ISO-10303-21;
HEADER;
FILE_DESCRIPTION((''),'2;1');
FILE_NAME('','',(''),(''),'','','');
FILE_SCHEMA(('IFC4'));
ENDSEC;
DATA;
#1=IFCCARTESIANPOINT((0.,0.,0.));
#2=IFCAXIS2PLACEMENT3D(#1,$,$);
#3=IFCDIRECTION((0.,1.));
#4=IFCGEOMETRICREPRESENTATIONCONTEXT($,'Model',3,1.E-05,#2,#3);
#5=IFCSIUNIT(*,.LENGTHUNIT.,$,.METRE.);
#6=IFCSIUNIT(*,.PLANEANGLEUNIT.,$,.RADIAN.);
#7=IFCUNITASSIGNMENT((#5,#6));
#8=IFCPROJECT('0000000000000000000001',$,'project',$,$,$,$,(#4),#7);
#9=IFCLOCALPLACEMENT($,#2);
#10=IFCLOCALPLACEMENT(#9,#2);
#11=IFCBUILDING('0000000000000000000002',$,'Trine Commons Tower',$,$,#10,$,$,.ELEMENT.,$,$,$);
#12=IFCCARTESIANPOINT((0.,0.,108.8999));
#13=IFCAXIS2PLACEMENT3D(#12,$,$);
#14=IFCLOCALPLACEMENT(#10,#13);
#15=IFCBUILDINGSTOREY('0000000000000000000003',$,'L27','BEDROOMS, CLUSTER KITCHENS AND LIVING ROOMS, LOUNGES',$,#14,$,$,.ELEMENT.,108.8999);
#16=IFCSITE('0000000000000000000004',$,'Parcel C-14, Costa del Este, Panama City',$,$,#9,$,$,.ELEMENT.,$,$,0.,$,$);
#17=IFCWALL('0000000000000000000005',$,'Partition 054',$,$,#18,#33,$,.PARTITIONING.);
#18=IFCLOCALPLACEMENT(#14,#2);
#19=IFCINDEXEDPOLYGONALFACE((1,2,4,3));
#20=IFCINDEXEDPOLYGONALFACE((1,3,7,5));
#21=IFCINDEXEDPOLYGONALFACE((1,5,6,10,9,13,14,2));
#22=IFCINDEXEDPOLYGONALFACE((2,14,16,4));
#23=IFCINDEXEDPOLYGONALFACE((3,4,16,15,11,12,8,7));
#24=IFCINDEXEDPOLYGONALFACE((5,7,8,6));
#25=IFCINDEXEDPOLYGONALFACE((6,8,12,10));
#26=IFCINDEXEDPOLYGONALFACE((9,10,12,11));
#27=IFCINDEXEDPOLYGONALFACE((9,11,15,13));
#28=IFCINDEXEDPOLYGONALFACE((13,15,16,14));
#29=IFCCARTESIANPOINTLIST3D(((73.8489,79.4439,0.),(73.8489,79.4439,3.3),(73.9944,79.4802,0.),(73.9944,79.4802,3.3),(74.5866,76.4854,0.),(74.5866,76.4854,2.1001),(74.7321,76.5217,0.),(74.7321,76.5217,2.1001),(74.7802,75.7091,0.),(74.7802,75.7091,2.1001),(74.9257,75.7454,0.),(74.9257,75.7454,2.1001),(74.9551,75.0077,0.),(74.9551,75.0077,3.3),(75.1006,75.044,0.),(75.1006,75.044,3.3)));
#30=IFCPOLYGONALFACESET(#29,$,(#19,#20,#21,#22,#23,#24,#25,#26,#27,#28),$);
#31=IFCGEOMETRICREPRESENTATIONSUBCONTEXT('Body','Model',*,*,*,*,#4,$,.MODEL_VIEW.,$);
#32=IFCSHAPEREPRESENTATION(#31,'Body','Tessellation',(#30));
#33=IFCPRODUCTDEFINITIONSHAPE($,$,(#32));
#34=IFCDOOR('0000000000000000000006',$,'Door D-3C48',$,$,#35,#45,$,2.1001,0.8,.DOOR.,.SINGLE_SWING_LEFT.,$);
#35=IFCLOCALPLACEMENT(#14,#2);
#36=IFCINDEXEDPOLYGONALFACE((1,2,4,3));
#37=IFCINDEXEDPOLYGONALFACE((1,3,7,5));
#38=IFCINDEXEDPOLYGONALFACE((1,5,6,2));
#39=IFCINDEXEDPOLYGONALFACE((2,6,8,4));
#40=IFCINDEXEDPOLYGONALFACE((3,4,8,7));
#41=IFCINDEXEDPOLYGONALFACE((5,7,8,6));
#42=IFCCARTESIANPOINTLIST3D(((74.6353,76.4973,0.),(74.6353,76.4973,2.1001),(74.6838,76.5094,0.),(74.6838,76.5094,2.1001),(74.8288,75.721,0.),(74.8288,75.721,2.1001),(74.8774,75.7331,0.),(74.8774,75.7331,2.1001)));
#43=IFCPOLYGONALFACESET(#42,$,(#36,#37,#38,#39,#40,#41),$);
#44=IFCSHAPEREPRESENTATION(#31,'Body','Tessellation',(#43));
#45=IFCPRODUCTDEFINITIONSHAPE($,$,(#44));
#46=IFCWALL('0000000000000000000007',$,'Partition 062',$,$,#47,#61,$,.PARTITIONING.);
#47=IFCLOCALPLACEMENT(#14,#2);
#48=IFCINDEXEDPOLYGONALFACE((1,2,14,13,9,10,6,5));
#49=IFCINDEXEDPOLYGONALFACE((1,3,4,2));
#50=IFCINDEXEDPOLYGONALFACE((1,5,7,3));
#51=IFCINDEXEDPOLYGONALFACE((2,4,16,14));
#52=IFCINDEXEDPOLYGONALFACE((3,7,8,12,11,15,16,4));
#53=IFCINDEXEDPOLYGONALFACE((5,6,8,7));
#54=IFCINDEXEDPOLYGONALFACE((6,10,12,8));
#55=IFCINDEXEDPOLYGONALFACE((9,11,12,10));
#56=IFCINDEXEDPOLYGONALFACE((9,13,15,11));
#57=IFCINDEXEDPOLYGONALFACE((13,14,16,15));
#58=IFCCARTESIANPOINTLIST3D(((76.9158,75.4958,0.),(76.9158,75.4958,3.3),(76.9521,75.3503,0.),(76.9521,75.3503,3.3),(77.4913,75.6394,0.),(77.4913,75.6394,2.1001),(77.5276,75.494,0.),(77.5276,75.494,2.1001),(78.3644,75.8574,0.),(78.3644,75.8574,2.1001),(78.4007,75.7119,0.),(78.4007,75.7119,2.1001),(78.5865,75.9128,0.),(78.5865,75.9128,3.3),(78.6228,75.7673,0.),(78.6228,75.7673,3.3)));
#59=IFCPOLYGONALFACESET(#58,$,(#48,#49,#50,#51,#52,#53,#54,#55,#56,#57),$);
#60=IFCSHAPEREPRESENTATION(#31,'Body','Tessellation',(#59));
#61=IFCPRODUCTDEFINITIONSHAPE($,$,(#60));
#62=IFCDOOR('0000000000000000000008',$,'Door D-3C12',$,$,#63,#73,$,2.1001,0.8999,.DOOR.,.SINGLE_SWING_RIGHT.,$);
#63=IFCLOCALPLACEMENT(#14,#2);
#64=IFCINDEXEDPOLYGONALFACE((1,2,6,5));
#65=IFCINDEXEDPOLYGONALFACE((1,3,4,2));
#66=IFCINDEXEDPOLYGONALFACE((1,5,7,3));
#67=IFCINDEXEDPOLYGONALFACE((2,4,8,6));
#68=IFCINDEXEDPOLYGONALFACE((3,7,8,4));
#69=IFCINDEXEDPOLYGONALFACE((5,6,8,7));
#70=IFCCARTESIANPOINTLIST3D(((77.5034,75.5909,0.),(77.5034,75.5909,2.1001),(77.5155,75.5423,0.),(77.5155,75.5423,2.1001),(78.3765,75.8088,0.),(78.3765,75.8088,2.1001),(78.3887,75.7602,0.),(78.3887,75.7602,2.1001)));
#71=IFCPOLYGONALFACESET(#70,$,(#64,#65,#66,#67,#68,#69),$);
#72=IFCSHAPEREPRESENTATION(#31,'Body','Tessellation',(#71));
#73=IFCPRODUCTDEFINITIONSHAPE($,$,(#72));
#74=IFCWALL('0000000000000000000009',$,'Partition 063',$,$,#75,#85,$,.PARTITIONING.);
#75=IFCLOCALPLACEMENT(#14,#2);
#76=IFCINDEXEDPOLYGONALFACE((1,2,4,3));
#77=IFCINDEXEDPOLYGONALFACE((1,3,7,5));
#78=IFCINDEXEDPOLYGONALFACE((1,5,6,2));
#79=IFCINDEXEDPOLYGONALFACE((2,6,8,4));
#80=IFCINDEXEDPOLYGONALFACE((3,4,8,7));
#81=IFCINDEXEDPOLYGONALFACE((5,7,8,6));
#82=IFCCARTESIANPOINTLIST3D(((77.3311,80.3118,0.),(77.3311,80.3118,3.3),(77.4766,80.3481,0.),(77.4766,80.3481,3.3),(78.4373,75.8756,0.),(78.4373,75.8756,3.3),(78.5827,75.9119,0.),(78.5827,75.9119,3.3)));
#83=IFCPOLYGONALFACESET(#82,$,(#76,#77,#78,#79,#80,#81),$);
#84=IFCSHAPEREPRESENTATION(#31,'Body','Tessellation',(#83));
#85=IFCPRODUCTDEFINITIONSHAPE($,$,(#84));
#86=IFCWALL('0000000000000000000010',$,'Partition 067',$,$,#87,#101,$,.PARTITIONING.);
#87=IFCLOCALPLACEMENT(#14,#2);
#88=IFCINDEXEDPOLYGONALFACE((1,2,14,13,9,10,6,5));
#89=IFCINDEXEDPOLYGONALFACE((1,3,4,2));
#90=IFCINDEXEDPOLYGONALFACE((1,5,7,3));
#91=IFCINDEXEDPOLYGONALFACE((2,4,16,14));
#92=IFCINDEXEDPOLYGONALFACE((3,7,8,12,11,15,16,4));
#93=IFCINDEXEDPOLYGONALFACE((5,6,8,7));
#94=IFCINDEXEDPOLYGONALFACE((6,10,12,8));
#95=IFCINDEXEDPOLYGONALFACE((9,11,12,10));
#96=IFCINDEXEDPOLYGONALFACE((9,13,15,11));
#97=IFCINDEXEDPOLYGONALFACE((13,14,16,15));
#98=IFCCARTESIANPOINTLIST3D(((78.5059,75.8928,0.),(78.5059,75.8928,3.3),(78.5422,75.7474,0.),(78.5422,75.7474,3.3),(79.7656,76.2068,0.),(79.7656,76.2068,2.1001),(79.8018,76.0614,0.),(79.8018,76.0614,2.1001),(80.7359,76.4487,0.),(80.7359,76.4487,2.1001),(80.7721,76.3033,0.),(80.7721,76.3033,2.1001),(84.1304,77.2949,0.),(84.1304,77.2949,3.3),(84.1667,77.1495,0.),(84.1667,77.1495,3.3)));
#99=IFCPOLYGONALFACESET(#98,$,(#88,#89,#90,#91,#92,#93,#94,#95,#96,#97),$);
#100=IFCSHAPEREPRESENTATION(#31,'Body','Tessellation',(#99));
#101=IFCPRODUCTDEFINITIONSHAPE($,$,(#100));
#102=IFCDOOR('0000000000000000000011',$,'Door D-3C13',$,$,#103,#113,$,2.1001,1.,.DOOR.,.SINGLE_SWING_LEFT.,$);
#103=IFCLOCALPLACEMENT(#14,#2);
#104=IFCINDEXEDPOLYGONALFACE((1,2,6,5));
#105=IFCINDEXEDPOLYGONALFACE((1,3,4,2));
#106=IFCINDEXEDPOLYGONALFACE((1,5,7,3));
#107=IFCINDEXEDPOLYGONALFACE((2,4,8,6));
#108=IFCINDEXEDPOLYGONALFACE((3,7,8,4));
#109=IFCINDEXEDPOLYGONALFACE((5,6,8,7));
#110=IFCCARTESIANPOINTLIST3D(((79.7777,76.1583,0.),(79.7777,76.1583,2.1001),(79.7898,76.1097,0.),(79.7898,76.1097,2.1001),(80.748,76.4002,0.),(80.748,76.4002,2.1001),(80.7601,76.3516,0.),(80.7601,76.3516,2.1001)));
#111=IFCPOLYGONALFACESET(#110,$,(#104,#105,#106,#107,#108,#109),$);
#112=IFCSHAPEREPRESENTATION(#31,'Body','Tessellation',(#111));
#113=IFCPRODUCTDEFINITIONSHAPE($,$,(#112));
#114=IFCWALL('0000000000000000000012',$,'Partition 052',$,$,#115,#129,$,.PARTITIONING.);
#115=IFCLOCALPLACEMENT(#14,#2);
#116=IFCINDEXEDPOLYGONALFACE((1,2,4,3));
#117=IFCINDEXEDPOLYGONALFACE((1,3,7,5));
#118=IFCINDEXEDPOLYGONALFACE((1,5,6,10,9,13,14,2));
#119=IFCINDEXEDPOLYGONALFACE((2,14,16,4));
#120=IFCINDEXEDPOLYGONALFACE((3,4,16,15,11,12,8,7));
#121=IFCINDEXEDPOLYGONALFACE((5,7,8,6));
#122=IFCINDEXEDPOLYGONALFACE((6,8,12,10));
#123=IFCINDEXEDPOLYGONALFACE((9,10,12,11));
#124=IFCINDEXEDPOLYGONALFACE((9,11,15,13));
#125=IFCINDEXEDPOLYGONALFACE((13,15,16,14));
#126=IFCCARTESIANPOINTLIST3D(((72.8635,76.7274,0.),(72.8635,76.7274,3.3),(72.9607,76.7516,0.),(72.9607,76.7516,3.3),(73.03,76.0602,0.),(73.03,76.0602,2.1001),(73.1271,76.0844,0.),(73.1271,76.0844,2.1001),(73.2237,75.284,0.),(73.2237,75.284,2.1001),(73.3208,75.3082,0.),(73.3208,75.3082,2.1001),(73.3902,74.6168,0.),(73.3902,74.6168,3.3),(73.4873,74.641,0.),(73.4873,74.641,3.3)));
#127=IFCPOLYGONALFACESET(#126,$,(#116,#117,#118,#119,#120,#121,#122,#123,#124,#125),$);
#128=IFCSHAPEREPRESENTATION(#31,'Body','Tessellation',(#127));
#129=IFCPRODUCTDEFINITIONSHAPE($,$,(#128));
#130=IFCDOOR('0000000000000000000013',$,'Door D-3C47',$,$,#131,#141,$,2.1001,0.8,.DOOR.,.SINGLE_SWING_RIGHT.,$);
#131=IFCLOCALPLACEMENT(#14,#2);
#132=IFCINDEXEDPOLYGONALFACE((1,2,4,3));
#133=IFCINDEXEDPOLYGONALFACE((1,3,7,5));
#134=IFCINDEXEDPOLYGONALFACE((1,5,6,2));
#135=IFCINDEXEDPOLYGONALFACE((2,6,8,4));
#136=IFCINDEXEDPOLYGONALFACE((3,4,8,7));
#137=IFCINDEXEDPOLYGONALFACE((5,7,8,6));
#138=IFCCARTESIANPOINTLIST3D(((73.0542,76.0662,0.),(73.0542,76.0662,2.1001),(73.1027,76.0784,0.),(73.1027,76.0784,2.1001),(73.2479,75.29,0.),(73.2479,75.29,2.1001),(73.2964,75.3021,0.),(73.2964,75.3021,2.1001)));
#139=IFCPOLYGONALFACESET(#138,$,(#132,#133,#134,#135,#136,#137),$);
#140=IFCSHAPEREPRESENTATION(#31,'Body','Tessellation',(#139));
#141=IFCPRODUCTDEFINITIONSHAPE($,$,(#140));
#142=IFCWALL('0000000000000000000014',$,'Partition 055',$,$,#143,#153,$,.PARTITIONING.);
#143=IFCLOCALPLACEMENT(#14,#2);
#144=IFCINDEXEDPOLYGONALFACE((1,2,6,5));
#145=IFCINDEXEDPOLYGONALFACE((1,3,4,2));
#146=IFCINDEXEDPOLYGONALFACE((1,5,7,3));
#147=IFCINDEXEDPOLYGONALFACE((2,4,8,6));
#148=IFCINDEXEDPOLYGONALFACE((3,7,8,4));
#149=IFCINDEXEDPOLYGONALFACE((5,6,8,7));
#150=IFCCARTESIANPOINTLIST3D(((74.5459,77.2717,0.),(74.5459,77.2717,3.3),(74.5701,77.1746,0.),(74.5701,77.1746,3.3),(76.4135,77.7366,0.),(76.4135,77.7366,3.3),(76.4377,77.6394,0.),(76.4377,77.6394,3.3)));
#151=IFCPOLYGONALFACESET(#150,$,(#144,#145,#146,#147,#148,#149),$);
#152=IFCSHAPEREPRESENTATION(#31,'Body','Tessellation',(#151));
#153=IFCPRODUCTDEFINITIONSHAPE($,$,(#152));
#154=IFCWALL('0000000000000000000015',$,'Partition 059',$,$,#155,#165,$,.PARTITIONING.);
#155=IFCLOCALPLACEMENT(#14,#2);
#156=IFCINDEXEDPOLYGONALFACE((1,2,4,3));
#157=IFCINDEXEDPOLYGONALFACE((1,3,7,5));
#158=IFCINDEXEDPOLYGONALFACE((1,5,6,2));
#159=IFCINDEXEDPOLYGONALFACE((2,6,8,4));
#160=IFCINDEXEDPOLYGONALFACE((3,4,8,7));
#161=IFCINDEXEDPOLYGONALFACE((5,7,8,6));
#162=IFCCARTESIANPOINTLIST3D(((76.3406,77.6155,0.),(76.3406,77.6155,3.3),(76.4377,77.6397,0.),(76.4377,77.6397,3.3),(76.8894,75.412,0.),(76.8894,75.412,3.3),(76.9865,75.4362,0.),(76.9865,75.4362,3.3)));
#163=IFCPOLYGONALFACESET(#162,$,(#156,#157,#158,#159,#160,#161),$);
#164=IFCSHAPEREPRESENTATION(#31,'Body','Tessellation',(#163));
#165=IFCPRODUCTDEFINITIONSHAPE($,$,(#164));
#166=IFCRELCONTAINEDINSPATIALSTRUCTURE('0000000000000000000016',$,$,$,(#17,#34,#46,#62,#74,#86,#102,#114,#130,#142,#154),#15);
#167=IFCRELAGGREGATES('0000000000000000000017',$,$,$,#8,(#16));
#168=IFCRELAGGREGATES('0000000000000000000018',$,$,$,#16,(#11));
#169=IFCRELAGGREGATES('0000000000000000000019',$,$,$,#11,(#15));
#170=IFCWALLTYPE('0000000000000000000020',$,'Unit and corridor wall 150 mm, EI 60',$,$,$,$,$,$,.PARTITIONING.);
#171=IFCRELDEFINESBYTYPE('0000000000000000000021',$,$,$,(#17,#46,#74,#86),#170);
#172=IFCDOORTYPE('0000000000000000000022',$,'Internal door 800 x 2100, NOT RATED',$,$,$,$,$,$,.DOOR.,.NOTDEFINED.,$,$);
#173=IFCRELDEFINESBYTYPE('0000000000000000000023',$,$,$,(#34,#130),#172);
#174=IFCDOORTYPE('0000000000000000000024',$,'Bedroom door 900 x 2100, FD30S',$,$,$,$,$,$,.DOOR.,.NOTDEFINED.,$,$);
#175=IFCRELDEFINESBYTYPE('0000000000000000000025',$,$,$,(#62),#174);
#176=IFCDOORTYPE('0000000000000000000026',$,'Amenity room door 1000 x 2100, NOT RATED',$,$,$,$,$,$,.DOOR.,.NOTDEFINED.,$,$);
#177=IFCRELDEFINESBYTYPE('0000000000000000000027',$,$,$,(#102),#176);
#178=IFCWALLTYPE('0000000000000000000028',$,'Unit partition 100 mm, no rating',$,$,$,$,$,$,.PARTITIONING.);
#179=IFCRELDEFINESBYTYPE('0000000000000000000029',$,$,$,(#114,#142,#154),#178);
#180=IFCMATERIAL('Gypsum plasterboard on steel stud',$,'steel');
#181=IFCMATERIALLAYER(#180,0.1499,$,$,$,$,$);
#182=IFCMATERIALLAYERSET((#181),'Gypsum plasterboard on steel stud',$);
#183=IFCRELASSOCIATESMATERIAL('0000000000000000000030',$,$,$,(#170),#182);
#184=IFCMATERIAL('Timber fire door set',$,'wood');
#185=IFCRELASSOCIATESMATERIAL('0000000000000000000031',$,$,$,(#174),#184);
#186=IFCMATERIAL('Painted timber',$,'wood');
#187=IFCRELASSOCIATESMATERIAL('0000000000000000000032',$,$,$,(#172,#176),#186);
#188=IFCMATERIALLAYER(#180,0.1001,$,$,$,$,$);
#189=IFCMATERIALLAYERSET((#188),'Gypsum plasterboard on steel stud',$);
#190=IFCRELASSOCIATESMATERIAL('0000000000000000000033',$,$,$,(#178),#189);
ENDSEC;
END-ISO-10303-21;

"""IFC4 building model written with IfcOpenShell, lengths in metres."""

from ifc_helpers import new_model, si_unit, direction, frame, frame_2d, origin, place, context, subcontext, project, spatial, rectangle, extrude, material, layer, layer_set, type_object, element, fill, save


model = new_model("IFC4")

# Units and contexts
model_context = context("Model", 3, precision=1e-05, world=origin(), true_north=direction((0.0, 1.0)))
body_context = subcontext(model_context, "Body", "Model", "MODEL_VIEW")
ifc_project = project(units=[si_unit("LENGTHUNIT", "METRE"), si_unit("PLANEANGLEUNIT", "RADIAN")], contexts=[model_context])

# Site, building, storey
site_placement = place(None, origin())
site = spatial("IfcSite", under=ifc_project, at=site_placement, Name="Parcel C-14, Costa del Este, Panama City", CompositionType="ELEMENT", RefElevation=0.0)
building_placement = place(site_placement, origin())
building = spatial("IfcBuilding", under=site, at=building_placement, Name="Trine Commons Tower", CompositionType="ELEMENT")
storey_placement = place(building_placement, frame((0.0, 0.0, 108.8999)))
storey = spatial("IfcBuildingStorey", under=building, at=storey_placement, Name="L27", Description="BEDROOMS, CLUSTER KITCHENS AND LIVING ROOMS, LOUNGES", CompositionType="ELEMENT", Elevation=108.8999)

# Walls, openings, doors
ifc_material_1 = material(Name="Gypsum plasterboard on steel stud", Category="steel")
ifc_layer_1 = layer(ifc_material_1, 0.1499)
ifc_layer_set_1 = layer_set([ifc_layer_1], Name="Gypsum plasterboard on steel stud")
wall_type_1 = type_object("IfcWallType", Name="Unit and corridor wall 150 mm, EI 60", PredefinedType="PARTITIONING", material=ifc_layer_set_1)
ifc_material_2 = material(Name="Timber fire door set", Category="wood")
door_type_1 = type_object("IfcDoorType", Name="Bedroom door 900 x 2100, FD30S", OperationType="NOTDEFINED", PredefinedType="DOOR", material=ifc_material_2)
wall_1_placement = place(storey_placement, frame((73.9216, 79.4622, 0.0), z_axis=(0.0, 0.0, 1.0), x_axis=(0.241945, -0.97029, 0.0)))
wall_1 = element("IfcWall", 1, at=wall_1_placement, inside=storey, type_object=wall_type_1, Name="Partition 054", PredefinedType="PARTITIONING", context=body_context, shape_type="SweptSolid", body=[
    extrude(rectangle(XDim=4.572, YDim=0.1499, at=frame_2d((2.2861, 0.0))), origin(), (0.0, 0.0, 1.0), 3.3),
])
opening_1_placement = place(wall_1_placement, frame((3.0493, 0.0, 0.0)))
opening_1 = element("IfcOpeningElement", 2, at=opening_1_placement, cuts=wall_1, PredefinedType="OPENING", context=body_context, shape_type="SweptSolid", body=[
    extrude(rectangle(XDim=0.8, YDim=2.1001, at=frame_2d((0.3999, 1.05))), frame((0.0, 0.085, 0.0), z_axis=(0.0, -1.0, 0.0), x_axis=(1.0, 0.0, 0.0)), (0.0, 0.0, 1.0), 0.1699),
])
ifc_material_3 = material(Name="Painted timber", Category="wood")
door_type_2 = type_object("IfcDoorType", Name="Internal door 800 x 2100, NOT RATED", OperationType="NOTDEFINED", PredefinedType="DOOR", material=ifc_material_3)
door_1_placement = place(opening_1_placement, frame((0.8, 0.0, 0.0), z_axis=(0.0, 0.0, 1.0), x_axis=(-1.0, 0.0, 0.0)))
door_1 = element("IfcDoor", 3, at=door_1_placement, inside=storey, type_object=door_type_2, Name="Door D-3C48", OperationType="SINGLE_SWING_LEFT", OverallHeight=2.1001, OverallWidth=0.8, PredefinedType="DOOR", context=body_context, shape_type="SweptSolid", body=[
    extrude(rectangle(XDim=0.8, YDim=2.1001, at=frame_2d((0.3999, 1.05))), frame((0.0, 0.0249, 0.0), z_axis=(0.0, -1.0, 0.0), x_axis=(1.0, 0.0, 0.0)), (0.0, 0.0, 1.0), 0.05),
])
fill(opening_1, door_1)
wall_2_placement = place(storey_placement, frame((76.9341, 75.4231, 0.0), z_axis=(0.0, 0.0, 1.0), x_axis=(0.970234, 0.242169, 0.0)))
wall_2 = element("IfcWall", 4, at=wall_2_placement, inside=storey, type_object=wall_type_1, Name="Partition 062", PredefinedType="PARTITIONING", context=body_context, shape_type="SweptSolid", body=[
    extrude(rectangle(XDim=1.7219, YDim=0.1499, at=frame_2d((0.8608, 0.0))), origin(), (0.0, 0.0, 1.0), 3.3),
])
opening_2_placement = place(wall_2_placement, frame((0.593, 0.0, 0.0)))
opening_2 = element("IfcOpeningElement", 5, at=opening_2_placement, cuts=wall_2, PredefinedType="OPENING", context=body_context, shape_type="SweptSolid", body=[
    extrude(rectangle(XDim=0.8999, YDim=2.1001, at=frame_2d((0.45, 1.05))), frame((0.0, 0.085, 0.0), z_axis=(0.0, -1.0, 0.0), x_axis=(1.0, 0.0, 0.0)), (0.0, 0.0, 1.0), 0.1699),
])
door_2_placement = place(opening_2_placement, origin())
door_2 = element("IfcDoor", 6, at=door_2_placement, inside=storey, type_object=door_type_1, Name="Door D-3C12", OperationType="SINGLE_SWING_RIGHT", OverallHeight=2.1001, OverallWidth=0.8999, PredefinedType="DOOR", context=body_context, shape_type="SweptSolid", body=[
    extrude(rectangle(XDim=0.8999, YDim=2.1001, at=frame_2d((0.45, 1.05))), frame((0.0, 0.0249, 0.0), z_axis=(0.0, -1.0, 0.0), x_axis=(1.0, 0.0, 0.0)), (0.0, 0.0, 1.0), 0.05),
])
fill(opening_2, door_2)

# Wall
wall_3_placement = place(storey_placement, frame((77.4038, 80.3301, 0.0), z_axis=(0.0, 0.0, 1.0), x_axis=(0.241945, -0.97029, 0.0)))
element("IfcWall", 7, at=wall_3_placement, inside=storey, type_object=wall_type_1, Name="Partition 063", PredefinedType="PARTITIONING", context=body_context, shape_type="SweptSolid", body=[
    extrude(rectangle(XDim=4.572, YDim=0.1499, at=frame_2d((2.2861, 0.0))), origin(), (0.0, 0.0, 1.0), 3.3),
])

# Walls, openings, doors
wall_4_placement = place(storey_placement, frame((78.5239, 75.8201, 0.0), z_axis=(0.0, 0.0, 1.0), x_axis=(0.970306, 0.241882, 0.0)))
wall_4 = element("IfcWall", 8, at=wall_4_placement, inside=storey, type_object=wall_type_1, Name="Partition 067", PredefinedType="PARTITIONING", context=body_context, shape_type="SweptSolid", body=[
    extrude(rectangle(XDim=5.7966, YDim=0.1499, at=frame_2d((2.8984, 0.0))), origin(), (0.0, 0.0, 1.0), 3.3),
])
opening_3_placement = place(wall_4_placement, frame((1.2983, 0.0, 0.0)))
opening_3 = element("IfcOpeningElement", 9, at=opening_3_placement, cuts=wall_4, PredefinedType="OPENING", context=body_context, shape_type="SweptSolid", body=[
    extrude(rectangle(XDim=1.0, YDim=2.1001, at=frame_2d((0.5, 1.05))), frame((0.0, 0.085, 0.0), z_axis=(0.0, -1.0, 0.0), x_axis=(1.0, 0.0, 0.0)), (0.0, 0.0, 1.0), 0.1699),
])
door_type_3 = type_object("IfcDoorType", Name="Amenity room door 1000 x 2100, NOT RATED", OperationType="NOTDEFINED", PredefinedType="DOOR", material=ifc_material_3)
door_3_placement = place(opening_3_placement, origin())
door_3 = element("IfcDoor", 10, at=door_3_placement, inside=storey, type_object=door_type_3, Name="Door D-3C13", OperationType="SINGLE_SWING_LEFT", OverallHeight=2.1001, OverallWidth=1.0, PredefinedType="DOOR", context=body_context, shape_type="SweptSolid", body=[
    extrude(rectangle(XDim=1.0, YDim=2.1001, at=frame_2d((0.5, 1.05))), frame((0.0, 0.0249, 0.0), z_axis=(0.0, -1.0, 0.0), x_axis=(1.0, 0.0, 0.0)), (0.0, 0.0, 1.0), 0.05),
])
fill(opening_3, door_3)
ifc_layer_2 = layer(ifc_material_1, 0.1001)
ifc_layer_set_2 = layer_set([ifc_layer_2], Name="Gypsum plasterboard on steel stud")
wall_type_2 = type_object("IfcWallType", Name="Unit partition 100 mm, no rating", PredefinedType="PARTITIONING", material=ifc_layer_set_2)
wall_5_placement = place(storey_placement, frame((72.9121, 76.7395, 0.0), z_axis=(0.0, 0.0, 1.0), x_axis=(0.242087, -0.970255, 0.0)))
wall_5 = element("IfcWall", 11, at=wall_5_placement, inside=storey, type_object=wall_type_2, Name="Partition 052", PredefinedType="PARTITIONING", context=body_context, shape_type="SweptSolid", body=[
    extrude(rectangle(XDim=2.1753, YDim=0.1001, at=frame_2d((1.0876, 0.0))), origin(), (0.0, 0.0, 1.0), 3.3),
])
opening_4_placement = place(wall_5_placement, frame((0.6877, 0.0, 0.0)))
opening_4 = element("IfcOpeningElement", 12, at=opening_4_placement, cuts=wall_5, PredefinedType="OPENING", context=body_context, shape_type="SweptSolid", body=[
    extrude(rectangle(XDim=0.8, YDim=2.1001, at=frame_2d((0.3999, 1.05))), frame((0.0, 0.0601, 0.0), z_axis=(0.0, -1.0, 0.0), x_axis=(1.0, 0.0, 0.0)), (0.0, 0.0, 1.0), 0.1201),
])
door_4_placement = place(opening_4_placement, origin())
door_4 = element("IfcDoor", 13, at=door_4_placement, inside=storey, type_object=door_type_2, Name="Door D-3C47", OperationType="SINGLE_SWING_RIGHT", OverallHeight=2.1001, OverallWidth=0.8, PredefinedType="DOOR", context=body_context, shape_type="SweptSolid", body=[
    extrude(rectangle(XDim=0.8, YDim=2.1001, at=frame_2d((0.3999, 1.05))), frame((0.0, 0.0249, 0.0), z_axis=(0.0, -1.0, 0.0), x_axis=(1.0, 0.0, 0.0)), (0.0, 0.0, 1.0), 0.05),
])
fill(opening_4, door_4)

# Walls
wall_6_placement = place(storey_placement, frame((74.5579, 77.2231, 0.0), z_axis=(0.0, 0.0, 1.0), x_axis=(0.970396, 0.241521, 0.0)))
element("IfcWall", 14, at=wall_6_placement, inside=storey, type_object=wall_type_2, Name="Partition 055", PredefinedType="PARTITIONING", context=body_context, shape_type="SweptSolid", body=[
    extrude(rectangle(XDim=1.9246, YDim=0.1001, at=frame_2d((0.9624, 0.0))), origin(), (0.0, 0.0, 1.0), 3.3),
])
wall_7_placement = place(storey_placement, frame((76.3892, 77.6274, 0.0), z_axis=(0.0, 0.0, 1.0), x_axis=(0.241701, -0.970351, 0.0)))
element("IfcWall", 15, at=wall_7_placement, inside=storey, type_object=wall_type_2, Name="Partition 059", PredefinedType="PARTITIONING", context=body_context, shape_type="SweptSolid", body=[
    extrude(rectangle(XDim=2.2708, YDim=0.1001, at=frame_2d((1.1353, 0.0))), origin(), (0.0, 0.0, 1.0), 3.3),
])

save(model, "model.ifc")
